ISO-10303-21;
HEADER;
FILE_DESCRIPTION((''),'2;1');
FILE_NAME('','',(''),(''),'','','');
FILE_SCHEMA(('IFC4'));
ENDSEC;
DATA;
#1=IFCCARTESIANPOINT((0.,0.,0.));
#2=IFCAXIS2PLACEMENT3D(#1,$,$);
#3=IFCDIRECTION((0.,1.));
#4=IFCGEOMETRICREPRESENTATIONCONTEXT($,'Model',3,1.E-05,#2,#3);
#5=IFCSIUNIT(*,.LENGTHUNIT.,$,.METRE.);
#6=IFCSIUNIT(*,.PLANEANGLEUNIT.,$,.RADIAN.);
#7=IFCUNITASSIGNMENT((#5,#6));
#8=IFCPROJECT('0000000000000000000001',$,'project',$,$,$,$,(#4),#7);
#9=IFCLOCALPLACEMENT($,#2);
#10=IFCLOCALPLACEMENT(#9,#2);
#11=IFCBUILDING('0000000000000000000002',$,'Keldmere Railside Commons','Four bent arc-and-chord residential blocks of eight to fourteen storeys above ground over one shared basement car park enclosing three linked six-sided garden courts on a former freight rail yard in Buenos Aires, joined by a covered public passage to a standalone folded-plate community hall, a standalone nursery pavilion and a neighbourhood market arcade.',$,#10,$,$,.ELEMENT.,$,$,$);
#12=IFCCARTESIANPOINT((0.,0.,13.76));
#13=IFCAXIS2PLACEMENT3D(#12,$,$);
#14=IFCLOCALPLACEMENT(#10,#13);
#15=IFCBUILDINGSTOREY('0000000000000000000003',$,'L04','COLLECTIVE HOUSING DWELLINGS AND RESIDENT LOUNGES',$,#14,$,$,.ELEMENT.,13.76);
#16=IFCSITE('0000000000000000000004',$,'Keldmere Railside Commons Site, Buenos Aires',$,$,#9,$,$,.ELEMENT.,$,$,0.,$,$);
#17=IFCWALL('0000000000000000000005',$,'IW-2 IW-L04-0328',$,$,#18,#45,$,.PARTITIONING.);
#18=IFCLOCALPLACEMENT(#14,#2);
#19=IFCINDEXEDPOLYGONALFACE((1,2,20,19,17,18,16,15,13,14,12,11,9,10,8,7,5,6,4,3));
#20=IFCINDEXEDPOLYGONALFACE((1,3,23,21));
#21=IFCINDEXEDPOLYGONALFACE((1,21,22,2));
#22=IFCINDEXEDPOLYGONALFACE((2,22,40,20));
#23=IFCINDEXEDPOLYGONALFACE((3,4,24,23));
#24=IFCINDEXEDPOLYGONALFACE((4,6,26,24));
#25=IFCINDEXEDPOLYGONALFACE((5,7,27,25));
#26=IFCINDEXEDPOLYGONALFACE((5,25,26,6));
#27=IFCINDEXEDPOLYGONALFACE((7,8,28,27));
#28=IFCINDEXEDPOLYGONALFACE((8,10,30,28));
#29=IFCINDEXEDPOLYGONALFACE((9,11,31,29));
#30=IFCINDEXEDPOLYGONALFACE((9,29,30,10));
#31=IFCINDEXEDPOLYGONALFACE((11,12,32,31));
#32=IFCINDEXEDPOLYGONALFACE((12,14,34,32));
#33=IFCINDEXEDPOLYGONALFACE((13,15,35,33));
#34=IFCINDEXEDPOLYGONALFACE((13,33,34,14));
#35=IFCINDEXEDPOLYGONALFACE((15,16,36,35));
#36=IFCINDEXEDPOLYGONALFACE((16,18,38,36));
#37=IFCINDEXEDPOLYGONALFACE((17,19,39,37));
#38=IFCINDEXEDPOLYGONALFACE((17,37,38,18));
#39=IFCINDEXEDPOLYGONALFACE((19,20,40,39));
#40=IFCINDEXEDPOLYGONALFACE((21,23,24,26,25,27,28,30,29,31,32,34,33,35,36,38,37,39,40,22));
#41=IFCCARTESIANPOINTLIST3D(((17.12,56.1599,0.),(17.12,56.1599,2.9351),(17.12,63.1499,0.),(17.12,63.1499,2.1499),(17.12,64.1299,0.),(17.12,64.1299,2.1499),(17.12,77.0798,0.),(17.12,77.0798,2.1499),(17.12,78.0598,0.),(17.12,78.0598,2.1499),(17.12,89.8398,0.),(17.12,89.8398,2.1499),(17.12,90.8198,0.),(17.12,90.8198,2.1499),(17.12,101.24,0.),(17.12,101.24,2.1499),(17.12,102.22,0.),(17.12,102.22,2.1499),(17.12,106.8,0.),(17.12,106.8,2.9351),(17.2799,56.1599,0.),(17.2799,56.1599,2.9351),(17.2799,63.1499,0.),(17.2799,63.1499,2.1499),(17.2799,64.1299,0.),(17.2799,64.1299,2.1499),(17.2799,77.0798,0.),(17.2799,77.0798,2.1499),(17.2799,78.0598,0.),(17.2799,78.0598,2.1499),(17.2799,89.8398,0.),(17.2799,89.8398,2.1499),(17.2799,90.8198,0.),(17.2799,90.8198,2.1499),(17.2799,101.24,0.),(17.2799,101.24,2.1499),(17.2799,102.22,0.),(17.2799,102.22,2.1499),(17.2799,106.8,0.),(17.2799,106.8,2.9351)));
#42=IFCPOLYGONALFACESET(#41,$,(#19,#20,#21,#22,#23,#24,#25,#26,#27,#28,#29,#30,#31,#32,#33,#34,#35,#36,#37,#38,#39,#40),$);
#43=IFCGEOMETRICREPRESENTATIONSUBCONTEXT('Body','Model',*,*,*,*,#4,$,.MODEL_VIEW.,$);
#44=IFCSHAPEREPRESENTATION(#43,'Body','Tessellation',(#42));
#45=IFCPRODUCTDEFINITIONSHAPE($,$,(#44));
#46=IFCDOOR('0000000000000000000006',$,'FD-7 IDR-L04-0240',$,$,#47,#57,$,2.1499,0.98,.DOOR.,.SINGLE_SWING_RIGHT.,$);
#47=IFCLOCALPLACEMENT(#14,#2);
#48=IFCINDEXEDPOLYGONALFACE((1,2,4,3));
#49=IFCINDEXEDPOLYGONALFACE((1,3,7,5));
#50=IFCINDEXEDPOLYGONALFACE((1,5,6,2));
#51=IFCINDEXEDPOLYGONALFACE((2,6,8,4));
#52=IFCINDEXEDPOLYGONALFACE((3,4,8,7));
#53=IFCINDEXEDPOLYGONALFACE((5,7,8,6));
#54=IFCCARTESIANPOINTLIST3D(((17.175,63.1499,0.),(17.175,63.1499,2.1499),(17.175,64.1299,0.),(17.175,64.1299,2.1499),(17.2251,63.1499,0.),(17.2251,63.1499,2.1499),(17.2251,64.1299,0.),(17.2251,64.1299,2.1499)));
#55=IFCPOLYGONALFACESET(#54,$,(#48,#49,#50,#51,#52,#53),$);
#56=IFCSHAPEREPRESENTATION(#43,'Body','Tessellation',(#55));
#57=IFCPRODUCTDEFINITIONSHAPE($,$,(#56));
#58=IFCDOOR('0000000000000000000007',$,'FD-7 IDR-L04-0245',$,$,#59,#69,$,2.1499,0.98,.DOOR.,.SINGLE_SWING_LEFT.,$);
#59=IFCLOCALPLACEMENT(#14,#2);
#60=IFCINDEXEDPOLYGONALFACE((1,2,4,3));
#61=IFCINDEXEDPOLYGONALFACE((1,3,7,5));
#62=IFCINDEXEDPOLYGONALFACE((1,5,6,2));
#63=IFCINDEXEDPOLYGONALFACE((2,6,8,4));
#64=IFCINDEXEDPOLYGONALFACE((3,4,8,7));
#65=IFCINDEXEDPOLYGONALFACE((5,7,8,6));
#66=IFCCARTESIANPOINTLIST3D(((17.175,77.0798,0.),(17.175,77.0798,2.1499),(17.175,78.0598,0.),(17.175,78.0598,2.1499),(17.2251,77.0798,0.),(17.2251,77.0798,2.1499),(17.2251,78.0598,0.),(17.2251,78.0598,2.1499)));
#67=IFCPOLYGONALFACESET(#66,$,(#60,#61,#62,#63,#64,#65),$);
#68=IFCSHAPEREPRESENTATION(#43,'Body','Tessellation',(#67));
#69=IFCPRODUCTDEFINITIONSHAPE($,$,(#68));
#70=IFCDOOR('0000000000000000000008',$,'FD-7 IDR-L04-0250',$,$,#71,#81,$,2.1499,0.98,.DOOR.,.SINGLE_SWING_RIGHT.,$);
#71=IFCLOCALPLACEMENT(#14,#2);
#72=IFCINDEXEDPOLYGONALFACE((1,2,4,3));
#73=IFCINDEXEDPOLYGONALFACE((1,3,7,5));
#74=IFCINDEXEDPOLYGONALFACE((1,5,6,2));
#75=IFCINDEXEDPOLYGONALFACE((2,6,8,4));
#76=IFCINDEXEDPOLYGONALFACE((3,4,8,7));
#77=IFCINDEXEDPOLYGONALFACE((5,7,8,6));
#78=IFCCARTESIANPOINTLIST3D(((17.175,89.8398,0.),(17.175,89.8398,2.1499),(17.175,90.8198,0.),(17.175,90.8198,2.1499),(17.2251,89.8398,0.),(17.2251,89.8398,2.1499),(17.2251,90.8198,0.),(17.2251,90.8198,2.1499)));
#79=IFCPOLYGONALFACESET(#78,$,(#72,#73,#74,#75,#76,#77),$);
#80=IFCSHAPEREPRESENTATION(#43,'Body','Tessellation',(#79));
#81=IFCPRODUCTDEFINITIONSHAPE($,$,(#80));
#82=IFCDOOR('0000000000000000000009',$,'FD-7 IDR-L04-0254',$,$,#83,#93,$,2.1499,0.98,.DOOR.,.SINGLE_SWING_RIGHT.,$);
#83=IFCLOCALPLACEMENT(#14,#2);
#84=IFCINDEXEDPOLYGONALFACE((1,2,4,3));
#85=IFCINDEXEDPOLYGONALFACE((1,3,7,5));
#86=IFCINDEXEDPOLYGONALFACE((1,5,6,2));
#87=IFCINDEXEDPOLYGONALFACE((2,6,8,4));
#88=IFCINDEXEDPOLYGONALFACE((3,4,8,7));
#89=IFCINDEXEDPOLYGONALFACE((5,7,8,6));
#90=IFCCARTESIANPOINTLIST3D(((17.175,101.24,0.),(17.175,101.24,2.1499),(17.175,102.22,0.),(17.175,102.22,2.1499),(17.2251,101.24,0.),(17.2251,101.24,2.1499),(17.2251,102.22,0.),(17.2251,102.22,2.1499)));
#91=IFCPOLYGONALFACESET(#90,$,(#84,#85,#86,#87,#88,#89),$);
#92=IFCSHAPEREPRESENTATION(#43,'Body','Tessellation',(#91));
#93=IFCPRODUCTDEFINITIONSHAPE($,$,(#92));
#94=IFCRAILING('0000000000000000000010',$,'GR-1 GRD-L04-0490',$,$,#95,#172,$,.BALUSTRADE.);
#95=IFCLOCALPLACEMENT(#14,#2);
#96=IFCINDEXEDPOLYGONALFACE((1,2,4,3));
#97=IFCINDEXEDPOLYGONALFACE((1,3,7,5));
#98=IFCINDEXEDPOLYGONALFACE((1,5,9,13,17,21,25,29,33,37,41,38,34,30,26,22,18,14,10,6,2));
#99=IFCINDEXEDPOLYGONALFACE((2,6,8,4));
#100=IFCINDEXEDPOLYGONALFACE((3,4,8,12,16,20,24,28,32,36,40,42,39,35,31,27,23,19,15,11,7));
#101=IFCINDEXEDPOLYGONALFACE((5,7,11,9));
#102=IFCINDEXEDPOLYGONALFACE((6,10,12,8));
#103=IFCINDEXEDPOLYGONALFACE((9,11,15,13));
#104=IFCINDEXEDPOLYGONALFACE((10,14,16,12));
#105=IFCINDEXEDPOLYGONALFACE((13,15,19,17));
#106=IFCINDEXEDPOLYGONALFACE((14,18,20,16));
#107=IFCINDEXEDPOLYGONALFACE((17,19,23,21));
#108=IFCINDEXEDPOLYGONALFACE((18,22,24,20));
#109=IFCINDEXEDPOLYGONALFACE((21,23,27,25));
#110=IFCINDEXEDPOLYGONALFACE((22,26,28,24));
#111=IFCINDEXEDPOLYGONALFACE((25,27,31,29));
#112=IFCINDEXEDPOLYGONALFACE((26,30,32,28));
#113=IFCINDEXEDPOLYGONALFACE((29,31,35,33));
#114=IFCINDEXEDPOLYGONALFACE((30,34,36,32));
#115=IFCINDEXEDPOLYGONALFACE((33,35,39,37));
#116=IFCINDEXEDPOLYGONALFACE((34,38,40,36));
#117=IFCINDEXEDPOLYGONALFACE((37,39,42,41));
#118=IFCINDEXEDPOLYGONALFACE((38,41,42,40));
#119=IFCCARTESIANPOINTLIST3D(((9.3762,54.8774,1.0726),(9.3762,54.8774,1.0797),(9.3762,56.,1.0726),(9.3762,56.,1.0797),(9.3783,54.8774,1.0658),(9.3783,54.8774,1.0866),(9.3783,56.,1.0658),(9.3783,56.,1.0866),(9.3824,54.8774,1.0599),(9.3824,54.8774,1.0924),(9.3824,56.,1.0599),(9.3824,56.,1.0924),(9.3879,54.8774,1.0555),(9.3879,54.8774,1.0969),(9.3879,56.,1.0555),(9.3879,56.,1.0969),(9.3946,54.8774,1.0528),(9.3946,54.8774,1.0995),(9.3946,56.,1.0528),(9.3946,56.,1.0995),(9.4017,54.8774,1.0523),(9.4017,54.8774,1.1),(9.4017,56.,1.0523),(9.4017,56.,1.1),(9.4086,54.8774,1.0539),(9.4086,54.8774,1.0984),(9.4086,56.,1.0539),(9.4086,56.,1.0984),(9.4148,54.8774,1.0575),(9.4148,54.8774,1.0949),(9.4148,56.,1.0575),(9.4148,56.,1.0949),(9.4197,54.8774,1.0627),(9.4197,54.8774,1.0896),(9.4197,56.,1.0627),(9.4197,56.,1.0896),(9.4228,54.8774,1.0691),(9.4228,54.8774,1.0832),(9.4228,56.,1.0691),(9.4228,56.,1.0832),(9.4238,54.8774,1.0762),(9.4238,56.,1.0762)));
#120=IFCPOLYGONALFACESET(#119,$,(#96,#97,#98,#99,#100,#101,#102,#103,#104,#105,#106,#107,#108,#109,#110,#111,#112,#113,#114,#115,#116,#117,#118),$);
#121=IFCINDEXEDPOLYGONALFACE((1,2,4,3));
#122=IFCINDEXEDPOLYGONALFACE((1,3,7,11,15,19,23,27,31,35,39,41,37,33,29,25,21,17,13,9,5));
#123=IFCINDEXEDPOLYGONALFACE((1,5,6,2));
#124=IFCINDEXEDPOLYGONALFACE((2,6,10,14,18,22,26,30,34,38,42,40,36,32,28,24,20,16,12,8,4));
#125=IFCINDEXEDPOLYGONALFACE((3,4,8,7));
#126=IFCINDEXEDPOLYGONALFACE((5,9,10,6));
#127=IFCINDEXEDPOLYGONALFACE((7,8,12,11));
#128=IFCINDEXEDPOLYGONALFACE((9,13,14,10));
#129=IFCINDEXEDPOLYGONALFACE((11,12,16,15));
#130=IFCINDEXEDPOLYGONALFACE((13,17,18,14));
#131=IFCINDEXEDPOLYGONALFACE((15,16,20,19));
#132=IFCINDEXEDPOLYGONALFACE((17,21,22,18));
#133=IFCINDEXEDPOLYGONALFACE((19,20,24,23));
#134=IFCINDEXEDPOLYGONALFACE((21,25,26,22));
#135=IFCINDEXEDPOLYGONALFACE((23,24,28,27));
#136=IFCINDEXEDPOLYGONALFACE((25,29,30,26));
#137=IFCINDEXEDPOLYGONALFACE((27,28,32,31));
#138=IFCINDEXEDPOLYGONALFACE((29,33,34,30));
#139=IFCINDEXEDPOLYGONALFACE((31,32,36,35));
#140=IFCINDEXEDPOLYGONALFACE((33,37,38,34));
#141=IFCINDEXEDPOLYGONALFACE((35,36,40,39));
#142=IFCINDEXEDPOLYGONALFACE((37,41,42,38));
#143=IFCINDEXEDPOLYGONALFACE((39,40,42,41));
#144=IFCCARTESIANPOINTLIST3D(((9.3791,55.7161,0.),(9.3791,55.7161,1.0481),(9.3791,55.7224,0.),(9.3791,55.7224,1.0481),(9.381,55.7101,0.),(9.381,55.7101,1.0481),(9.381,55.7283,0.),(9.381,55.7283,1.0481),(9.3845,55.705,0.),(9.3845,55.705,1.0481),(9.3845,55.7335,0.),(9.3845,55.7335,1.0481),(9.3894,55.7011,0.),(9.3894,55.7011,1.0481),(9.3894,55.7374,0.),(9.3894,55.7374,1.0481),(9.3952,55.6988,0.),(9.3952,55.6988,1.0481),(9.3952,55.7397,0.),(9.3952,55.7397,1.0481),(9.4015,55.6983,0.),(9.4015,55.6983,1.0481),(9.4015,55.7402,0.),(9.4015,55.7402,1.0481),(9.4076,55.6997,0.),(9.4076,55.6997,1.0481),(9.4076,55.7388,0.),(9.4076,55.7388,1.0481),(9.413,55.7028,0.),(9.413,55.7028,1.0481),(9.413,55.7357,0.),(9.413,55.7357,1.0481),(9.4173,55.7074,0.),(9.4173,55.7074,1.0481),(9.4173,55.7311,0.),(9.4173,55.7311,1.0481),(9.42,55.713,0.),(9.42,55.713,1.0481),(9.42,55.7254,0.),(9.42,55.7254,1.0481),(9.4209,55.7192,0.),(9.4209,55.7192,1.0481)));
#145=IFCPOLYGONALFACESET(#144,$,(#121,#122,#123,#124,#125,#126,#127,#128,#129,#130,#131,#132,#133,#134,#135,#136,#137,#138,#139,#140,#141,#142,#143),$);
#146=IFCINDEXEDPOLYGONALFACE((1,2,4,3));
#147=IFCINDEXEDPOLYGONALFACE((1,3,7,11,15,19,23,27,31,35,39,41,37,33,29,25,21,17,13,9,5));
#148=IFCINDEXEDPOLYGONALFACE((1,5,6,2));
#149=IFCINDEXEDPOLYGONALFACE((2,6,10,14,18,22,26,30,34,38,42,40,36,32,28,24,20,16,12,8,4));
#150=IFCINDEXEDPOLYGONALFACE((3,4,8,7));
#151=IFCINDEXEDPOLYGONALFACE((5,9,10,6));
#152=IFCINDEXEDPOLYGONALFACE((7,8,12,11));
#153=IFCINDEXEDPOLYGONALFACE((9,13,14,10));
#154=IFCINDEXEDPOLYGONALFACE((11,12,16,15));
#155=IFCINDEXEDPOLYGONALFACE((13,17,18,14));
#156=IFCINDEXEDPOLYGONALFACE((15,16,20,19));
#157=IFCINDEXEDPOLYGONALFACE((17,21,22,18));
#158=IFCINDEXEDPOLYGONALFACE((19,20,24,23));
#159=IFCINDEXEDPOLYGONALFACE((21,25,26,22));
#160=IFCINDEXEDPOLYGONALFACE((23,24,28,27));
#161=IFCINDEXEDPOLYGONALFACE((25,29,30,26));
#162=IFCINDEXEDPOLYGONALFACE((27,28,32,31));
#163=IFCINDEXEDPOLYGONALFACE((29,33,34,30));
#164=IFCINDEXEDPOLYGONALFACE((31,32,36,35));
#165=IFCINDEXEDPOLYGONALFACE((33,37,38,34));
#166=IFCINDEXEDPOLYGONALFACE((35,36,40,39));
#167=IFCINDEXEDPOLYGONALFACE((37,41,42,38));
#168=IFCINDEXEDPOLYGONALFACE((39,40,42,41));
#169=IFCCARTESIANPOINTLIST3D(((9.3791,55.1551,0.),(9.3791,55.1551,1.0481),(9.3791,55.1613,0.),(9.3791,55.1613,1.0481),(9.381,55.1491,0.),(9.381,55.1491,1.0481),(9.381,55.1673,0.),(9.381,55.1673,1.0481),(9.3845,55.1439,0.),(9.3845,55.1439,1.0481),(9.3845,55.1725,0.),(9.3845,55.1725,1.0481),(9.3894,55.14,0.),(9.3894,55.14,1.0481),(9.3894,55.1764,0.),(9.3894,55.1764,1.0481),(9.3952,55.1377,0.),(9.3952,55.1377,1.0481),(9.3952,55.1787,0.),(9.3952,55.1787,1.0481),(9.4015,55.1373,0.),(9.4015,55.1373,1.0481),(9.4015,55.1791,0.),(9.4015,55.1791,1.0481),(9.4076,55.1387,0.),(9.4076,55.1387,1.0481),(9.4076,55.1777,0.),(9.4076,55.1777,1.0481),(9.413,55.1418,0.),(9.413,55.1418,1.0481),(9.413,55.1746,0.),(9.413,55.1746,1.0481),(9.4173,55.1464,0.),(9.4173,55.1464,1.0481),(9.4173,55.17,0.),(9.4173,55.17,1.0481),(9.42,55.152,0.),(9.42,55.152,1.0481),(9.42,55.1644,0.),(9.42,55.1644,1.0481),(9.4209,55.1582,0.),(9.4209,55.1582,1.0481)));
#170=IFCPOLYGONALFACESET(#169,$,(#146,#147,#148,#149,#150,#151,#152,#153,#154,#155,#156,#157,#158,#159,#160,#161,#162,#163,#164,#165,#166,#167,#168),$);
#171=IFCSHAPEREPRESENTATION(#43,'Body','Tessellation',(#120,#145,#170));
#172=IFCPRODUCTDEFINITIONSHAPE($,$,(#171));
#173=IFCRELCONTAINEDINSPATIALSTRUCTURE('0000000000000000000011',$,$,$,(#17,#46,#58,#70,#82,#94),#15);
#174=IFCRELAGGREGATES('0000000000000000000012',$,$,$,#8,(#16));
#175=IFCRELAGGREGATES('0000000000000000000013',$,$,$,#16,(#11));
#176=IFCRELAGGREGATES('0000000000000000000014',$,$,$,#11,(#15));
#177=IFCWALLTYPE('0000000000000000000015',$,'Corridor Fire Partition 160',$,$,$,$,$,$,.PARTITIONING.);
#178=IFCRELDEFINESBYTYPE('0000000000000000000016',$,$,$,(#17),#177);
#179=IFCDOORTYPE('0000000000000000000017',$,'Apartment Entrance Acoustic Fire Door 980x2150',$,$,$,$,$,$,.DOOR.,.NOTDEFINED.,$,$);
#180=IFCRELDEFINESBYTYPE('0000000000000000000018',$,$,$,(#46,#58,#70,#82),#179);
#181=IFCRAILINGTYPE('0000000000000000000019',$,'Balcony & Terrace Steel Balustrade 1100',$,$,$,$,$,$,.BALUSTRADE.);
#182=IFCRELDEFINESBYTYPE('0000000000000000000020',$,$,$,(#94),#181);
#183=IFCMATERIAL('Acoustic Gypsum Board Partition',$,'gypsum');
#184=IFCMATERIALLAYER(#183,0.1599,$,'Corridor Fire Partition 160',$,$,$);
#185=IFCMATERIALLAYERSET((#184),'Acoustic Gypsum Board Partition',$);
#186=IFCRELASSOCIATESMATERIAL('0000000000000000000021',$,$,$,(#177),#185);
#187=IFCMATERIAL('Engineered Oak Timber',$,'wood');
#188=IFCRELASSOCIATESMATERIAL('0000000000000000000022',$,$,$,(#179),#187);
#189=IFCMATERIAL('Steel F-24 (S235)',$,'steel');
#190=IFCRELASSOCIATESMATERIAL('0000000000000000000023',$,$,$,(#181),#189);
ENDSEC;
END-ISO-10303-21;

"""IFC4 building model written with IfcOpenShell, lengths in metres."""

from ifc_helpers import new_model, si_unit, direction, frame, frame_2d, origin, origin_2d, place, context, subcontext, project, spatial, rectangle, circle, extrude, material, layer, layer_set, type_object, element, fill, save


model = new_model("IFC4")

# Units and contexts
model_context = context("Model", 3, precision=1e-05, world=origin(), true_north=direction((0.0, 1.0)))
body_context = subcontext(model_context, "Body", "Model", "MODEL_VIEW")
ifc_project = project(units=[si_unit("LENGTHUNIT", "METRE"), si_unit("PLANEANGLEUNIT", "RADIAN")], contexts=[model_context])

# Site, building, storey
site_placement = place(None, origin())
site = spatial("IfcSite", under=ifc_project, at=site_placement, Name="Keldmere Railside Commons Site, Buenos Aires", CompositionType="ELEMENT", RefElevation=0.0)
building_placement = place(site_placement, origin())
building = spatial("IfcBuilding", under=site, at=building_placement, Name="Keldmere Railside Commons", Description="Four bent arc-and-chord residential blocks of eight to fourteen storeys above ground over one shared basement car park enclosing three linked six-sided garden courts on a former freight rail yard in Buenos Aires, joined by a covered public passage to a standalone folded-plate community hall, a standalone nursery pavilion and a neighbourhood market arcade.", CompositionType="ELEMENT")
storey_placement = place(building_placement, frame((0.0, 0.0, 13.76)))
storey = spatial("IfcBuildingStorey", under=building, at=storey_placement, Name="L04", Description="COLLECTIVE HOUSING DWELLINGS AND RESIDENT LOUNGES", CompositionType="ELEMENT", Elevation=13.76)

# Wall, openings, doors
ifc_material_1 = material(Name="Acoustic Gypsum Board Partition", Category="gypsum")
ifc_material_2 = material(Name="Engineered Oak Timber", Category="wood")
ifc_layer_1 = layer(ifc_material_1, 0.1599, Name="Corridor Fire Partition 160")
ifc_layer_set_1 = layer_set([ifc_layer_1], Name="Acoustic Gypsum Board Partition")
wall_type_1 = type_object("IfcWallType", Name="Corridor Fire Partition 160", PredefinedType="PARTITIONING", material=ifc_layer_set_1)
door_type_1 = type_object("IfcDoorType", Name="Apartment Entrance Acoustic Fire Door 980x2150", OperationType="NOTDEFINED", PredefinedType="DOOR", material=ifc_material_2)
ifc_material_3 = material(Name="Steel F-24 (S235)", Category="steel")
wall_1_placement = place(storey_placement, frame((17.2, 56.1599, 0.0), z_axis=(0.0, 0.0, 1.0), x_axis=(0.0, 1.0, 0.0)))
wall_1 = element("IfcWall", 1, at=wall_1_placement, inside=storey, type_object=wall_type_1, Name="IW-2 IW-L04-0328", PredefinedType="PARTITIONING", context=body_context, shape_type="SweptSolid", body=[
    extrude(rectangle(XDim=50.6401, YDim=0.1599, at=frame_2d((25.3201, 0.0))), origin(), (0.0, 0.0, 1.0), 2.9351),
])
opening_1_placement = place(wall_1_placement, frame((6.99, 0.0, 0.0)))
opening_1 = element("IfcOpeningElement", 2, at=opening_1_placement, cuts=wall_1, PredefinedType="OPENING", context=body_context, shape_type="SweptSolid", body=[
    extrude(rectangle(XDim=0.98, YDim=2.1499, at=frame_2d((0.49, 1.075))), frame((0.0, 0.0898, 0.0), z_axis=(0.0, -1.0, 0.0), x_axis=(1.0, 0.0, 0.0)), (0.0, 0.0, 1.0), 0.1799),
])
opening_2_placement = place(wall_1_placement, frame((20.9199, 0.0, 0.0)))
opening_2 = element("IfcOpeningElement", 3, at=opening_2_placement, cuts=wall_1, PredefinedType="OPENING", context=body_context, shape_type="SweptSolid", body=[
    extrude(rectangle(XDim=0.98, YDim=2.1499, at=frame_2d((0.49, 1.075))), frame((0.0, 0.0898, 0.0), z_axis=(0.0, -1.0, 0.0), x_axis=(1.0, 0.0, 0.0)), (0.0, 0.0, 1.0), 0.1799),
])
opening_3_placement = place(wall_1_placement, frame((33.6799, 0.0, 0.0)))
opening_3 = element("IfcOpeningElement", 4, at=opening_3_placement, cuts=wall_1, PredefinedType="OPENING", context=body_context, shape_type="SweptSolid", body=[
    extrude(rectangle(XDim=0.98, YDim=2.1499, at=frame_2d((0.49, 1.075))), frame((0.0, 0.0898, 0.0), z_axis=(0.0, -1.0, 0.0), x_axis=(1.0, 0.0, 0.0)), (0.0, 0.0, 1.0), 0.1799),
])
opening_4_placement = place(wall_1_placement, frame((45.0801, 0.0, 0.0)))
opening_4 = element("IfcOpeningElement", 5, at=opening_4_placement, cuts=wall_1, PredefinedType="OPENING", context=body_context, shape_type="SweptSolid", body=[
    extrude(rectangle(XDim=0.98, YDim=2.1499, at=frame_2d((0.49, 1.075))), frame((0.0, 0.0898, 0.0), z_axis=(0.0, -1.0, 0.0), x_axis=(1.0, 0.0, 0.0)), (0.0, 0.0, 1.0), 0.1799),
])
door_1_placement = place(opening_1_placement, origin())
door_1 = element("IfcDoor", 6, at=door_1_placement, inside=storey, type_object=door_type_1, Name="FD-7 IDR-L04-0240", OperationType="SINGLE_SWING_RIGHT", OverallHeight=2.1499, OverallWidth=0.98, PredefinedType="DOOR", context=body_context, shape_type="SweptSolid", body=[
    extrude(rectangle(XDim=0.98, YDim=2.1499, at=frame_2d((0.49, 1.075))), frame((0.0, 0.0249, 0.0), z_axis=(0.0, -1.0, 0.0), x_axis=(1.0, 0.0, 0.0)), (0.0, 0.0, 1.0), 0.05),
])
fill(opening_1, door_1)
door_2_placement = place(opening_2_placement, origin())
door_2 = element("IfcDoor", 7, at=door_2_placement, inside=storey, type_object=door_type_1, Name="FD-7 IDR-L04-0245", OperationType="SINGLE_SWING_LEFT", OverallHeight=2.1499, OverallWidth=0.98, PredefinedType="DOOR", context=body_context, shape_type="SweptSolid", body=[
    extrude(rectangle(XDim=0.98, YDim=2.1499, at=frame_2d((0.49, 1.075))), frame((0.0, 0.0249, 0.0), z_axis=(0.0, -1.0, 0.0), x_axis=(1.0, 0.0, 0.0)), (0.0, 0.0, 1.0), 0.05),
])
fill(opening_2, door_2)
door_3_placement = place(opening_3_placement, origin())
door_3 = element("IfcDoor", 8, at=door_3_placement, inside=storey, type_object=door_type_1, Name="FD-7 IDR-L04-0250", OperationType="SINGLE_SWING_RIGHT", OverallHeight=2.1499, OverallWidth=0.98, PredefinedType="DOOR", context=body_context, shape_type="SweptSolid", body=[
    extrude(rectangle(XDim=0.98, YDim=2.1499, at=frame_2d((0.49, 1.075))), frame((0.0, 0.0249, 0.0), z_axis=(0.0, -1.0, 0.0), x_axis=(1.0, 0.0, 0.0)), (0.0, 0.0, 1.0), 0.05),
])
fill(opening_3, door_3)
door_4_placement = place(opening_4_placement, origin())
door_4 = element("IfcDoor", 9, at=door_4_placement, inside=storey, type_object=door_type_1, Name="FD-7 IDR-L04-0254", OperationType="SINGLE_SWING_RIGHT", OverallHeight=2.1499, OverallWidth=0.98, PredefinedType="DOOR", context=body_context, shape_type="SweptSolid", body=[
    extrude(rectangle(XDim=0.98, YDim=2.1499, at=frame_2d((0.49, 1.075))), frame((0.0, 0.0249, 0.0), z_axis=(0.0, -1.0, 0.0), x_axis=(1.0, 0.0, 0.0)), (0.0, 0.0, 1.0), 0.05),
])
fill(opening_4, door_4)

# Railing
railing_type = type_object("IfcRailingType", Name="Balcony & Terrace Steel Balustrade 1100", PredefinedType="BALUSTRADE", material=ifc_material_3)
railing_1_placement = place(storey_placement, frame((9.3999, 56.0, 0.0)))
element("IfcRailing", 10, at=railing_1_placement, inside=storey, type_object=railing_type, Name="GR-1 GRD-L04-0490", PredefinedType="BALUSTRADE", context=body_context, shape_type="SweptSolid", body=[
    extrude(circle(Radius=0.0239, at=origin_2d()), frame((0.0, 0.0, 1.0762), z_axis=(0.0, -1.0, 0.0), x_axis=(1.0, 0.0, 0.0)), (0.0, 0.0, 1.0), 1.1226),
    extrude(circle(Radius=0.021, at=origin_2d()), frame((0.0, -0.2808, 0.0)), (0.0, 0.0, 1.0), 1.0481),
    extrude(circle(Radius=0.021, at=origin_2d()), frame((0.0, -0.8418, 0.0)), (0.0, 0.0, 1.0), 1.0481),
])

save(model, "model.ifc")
